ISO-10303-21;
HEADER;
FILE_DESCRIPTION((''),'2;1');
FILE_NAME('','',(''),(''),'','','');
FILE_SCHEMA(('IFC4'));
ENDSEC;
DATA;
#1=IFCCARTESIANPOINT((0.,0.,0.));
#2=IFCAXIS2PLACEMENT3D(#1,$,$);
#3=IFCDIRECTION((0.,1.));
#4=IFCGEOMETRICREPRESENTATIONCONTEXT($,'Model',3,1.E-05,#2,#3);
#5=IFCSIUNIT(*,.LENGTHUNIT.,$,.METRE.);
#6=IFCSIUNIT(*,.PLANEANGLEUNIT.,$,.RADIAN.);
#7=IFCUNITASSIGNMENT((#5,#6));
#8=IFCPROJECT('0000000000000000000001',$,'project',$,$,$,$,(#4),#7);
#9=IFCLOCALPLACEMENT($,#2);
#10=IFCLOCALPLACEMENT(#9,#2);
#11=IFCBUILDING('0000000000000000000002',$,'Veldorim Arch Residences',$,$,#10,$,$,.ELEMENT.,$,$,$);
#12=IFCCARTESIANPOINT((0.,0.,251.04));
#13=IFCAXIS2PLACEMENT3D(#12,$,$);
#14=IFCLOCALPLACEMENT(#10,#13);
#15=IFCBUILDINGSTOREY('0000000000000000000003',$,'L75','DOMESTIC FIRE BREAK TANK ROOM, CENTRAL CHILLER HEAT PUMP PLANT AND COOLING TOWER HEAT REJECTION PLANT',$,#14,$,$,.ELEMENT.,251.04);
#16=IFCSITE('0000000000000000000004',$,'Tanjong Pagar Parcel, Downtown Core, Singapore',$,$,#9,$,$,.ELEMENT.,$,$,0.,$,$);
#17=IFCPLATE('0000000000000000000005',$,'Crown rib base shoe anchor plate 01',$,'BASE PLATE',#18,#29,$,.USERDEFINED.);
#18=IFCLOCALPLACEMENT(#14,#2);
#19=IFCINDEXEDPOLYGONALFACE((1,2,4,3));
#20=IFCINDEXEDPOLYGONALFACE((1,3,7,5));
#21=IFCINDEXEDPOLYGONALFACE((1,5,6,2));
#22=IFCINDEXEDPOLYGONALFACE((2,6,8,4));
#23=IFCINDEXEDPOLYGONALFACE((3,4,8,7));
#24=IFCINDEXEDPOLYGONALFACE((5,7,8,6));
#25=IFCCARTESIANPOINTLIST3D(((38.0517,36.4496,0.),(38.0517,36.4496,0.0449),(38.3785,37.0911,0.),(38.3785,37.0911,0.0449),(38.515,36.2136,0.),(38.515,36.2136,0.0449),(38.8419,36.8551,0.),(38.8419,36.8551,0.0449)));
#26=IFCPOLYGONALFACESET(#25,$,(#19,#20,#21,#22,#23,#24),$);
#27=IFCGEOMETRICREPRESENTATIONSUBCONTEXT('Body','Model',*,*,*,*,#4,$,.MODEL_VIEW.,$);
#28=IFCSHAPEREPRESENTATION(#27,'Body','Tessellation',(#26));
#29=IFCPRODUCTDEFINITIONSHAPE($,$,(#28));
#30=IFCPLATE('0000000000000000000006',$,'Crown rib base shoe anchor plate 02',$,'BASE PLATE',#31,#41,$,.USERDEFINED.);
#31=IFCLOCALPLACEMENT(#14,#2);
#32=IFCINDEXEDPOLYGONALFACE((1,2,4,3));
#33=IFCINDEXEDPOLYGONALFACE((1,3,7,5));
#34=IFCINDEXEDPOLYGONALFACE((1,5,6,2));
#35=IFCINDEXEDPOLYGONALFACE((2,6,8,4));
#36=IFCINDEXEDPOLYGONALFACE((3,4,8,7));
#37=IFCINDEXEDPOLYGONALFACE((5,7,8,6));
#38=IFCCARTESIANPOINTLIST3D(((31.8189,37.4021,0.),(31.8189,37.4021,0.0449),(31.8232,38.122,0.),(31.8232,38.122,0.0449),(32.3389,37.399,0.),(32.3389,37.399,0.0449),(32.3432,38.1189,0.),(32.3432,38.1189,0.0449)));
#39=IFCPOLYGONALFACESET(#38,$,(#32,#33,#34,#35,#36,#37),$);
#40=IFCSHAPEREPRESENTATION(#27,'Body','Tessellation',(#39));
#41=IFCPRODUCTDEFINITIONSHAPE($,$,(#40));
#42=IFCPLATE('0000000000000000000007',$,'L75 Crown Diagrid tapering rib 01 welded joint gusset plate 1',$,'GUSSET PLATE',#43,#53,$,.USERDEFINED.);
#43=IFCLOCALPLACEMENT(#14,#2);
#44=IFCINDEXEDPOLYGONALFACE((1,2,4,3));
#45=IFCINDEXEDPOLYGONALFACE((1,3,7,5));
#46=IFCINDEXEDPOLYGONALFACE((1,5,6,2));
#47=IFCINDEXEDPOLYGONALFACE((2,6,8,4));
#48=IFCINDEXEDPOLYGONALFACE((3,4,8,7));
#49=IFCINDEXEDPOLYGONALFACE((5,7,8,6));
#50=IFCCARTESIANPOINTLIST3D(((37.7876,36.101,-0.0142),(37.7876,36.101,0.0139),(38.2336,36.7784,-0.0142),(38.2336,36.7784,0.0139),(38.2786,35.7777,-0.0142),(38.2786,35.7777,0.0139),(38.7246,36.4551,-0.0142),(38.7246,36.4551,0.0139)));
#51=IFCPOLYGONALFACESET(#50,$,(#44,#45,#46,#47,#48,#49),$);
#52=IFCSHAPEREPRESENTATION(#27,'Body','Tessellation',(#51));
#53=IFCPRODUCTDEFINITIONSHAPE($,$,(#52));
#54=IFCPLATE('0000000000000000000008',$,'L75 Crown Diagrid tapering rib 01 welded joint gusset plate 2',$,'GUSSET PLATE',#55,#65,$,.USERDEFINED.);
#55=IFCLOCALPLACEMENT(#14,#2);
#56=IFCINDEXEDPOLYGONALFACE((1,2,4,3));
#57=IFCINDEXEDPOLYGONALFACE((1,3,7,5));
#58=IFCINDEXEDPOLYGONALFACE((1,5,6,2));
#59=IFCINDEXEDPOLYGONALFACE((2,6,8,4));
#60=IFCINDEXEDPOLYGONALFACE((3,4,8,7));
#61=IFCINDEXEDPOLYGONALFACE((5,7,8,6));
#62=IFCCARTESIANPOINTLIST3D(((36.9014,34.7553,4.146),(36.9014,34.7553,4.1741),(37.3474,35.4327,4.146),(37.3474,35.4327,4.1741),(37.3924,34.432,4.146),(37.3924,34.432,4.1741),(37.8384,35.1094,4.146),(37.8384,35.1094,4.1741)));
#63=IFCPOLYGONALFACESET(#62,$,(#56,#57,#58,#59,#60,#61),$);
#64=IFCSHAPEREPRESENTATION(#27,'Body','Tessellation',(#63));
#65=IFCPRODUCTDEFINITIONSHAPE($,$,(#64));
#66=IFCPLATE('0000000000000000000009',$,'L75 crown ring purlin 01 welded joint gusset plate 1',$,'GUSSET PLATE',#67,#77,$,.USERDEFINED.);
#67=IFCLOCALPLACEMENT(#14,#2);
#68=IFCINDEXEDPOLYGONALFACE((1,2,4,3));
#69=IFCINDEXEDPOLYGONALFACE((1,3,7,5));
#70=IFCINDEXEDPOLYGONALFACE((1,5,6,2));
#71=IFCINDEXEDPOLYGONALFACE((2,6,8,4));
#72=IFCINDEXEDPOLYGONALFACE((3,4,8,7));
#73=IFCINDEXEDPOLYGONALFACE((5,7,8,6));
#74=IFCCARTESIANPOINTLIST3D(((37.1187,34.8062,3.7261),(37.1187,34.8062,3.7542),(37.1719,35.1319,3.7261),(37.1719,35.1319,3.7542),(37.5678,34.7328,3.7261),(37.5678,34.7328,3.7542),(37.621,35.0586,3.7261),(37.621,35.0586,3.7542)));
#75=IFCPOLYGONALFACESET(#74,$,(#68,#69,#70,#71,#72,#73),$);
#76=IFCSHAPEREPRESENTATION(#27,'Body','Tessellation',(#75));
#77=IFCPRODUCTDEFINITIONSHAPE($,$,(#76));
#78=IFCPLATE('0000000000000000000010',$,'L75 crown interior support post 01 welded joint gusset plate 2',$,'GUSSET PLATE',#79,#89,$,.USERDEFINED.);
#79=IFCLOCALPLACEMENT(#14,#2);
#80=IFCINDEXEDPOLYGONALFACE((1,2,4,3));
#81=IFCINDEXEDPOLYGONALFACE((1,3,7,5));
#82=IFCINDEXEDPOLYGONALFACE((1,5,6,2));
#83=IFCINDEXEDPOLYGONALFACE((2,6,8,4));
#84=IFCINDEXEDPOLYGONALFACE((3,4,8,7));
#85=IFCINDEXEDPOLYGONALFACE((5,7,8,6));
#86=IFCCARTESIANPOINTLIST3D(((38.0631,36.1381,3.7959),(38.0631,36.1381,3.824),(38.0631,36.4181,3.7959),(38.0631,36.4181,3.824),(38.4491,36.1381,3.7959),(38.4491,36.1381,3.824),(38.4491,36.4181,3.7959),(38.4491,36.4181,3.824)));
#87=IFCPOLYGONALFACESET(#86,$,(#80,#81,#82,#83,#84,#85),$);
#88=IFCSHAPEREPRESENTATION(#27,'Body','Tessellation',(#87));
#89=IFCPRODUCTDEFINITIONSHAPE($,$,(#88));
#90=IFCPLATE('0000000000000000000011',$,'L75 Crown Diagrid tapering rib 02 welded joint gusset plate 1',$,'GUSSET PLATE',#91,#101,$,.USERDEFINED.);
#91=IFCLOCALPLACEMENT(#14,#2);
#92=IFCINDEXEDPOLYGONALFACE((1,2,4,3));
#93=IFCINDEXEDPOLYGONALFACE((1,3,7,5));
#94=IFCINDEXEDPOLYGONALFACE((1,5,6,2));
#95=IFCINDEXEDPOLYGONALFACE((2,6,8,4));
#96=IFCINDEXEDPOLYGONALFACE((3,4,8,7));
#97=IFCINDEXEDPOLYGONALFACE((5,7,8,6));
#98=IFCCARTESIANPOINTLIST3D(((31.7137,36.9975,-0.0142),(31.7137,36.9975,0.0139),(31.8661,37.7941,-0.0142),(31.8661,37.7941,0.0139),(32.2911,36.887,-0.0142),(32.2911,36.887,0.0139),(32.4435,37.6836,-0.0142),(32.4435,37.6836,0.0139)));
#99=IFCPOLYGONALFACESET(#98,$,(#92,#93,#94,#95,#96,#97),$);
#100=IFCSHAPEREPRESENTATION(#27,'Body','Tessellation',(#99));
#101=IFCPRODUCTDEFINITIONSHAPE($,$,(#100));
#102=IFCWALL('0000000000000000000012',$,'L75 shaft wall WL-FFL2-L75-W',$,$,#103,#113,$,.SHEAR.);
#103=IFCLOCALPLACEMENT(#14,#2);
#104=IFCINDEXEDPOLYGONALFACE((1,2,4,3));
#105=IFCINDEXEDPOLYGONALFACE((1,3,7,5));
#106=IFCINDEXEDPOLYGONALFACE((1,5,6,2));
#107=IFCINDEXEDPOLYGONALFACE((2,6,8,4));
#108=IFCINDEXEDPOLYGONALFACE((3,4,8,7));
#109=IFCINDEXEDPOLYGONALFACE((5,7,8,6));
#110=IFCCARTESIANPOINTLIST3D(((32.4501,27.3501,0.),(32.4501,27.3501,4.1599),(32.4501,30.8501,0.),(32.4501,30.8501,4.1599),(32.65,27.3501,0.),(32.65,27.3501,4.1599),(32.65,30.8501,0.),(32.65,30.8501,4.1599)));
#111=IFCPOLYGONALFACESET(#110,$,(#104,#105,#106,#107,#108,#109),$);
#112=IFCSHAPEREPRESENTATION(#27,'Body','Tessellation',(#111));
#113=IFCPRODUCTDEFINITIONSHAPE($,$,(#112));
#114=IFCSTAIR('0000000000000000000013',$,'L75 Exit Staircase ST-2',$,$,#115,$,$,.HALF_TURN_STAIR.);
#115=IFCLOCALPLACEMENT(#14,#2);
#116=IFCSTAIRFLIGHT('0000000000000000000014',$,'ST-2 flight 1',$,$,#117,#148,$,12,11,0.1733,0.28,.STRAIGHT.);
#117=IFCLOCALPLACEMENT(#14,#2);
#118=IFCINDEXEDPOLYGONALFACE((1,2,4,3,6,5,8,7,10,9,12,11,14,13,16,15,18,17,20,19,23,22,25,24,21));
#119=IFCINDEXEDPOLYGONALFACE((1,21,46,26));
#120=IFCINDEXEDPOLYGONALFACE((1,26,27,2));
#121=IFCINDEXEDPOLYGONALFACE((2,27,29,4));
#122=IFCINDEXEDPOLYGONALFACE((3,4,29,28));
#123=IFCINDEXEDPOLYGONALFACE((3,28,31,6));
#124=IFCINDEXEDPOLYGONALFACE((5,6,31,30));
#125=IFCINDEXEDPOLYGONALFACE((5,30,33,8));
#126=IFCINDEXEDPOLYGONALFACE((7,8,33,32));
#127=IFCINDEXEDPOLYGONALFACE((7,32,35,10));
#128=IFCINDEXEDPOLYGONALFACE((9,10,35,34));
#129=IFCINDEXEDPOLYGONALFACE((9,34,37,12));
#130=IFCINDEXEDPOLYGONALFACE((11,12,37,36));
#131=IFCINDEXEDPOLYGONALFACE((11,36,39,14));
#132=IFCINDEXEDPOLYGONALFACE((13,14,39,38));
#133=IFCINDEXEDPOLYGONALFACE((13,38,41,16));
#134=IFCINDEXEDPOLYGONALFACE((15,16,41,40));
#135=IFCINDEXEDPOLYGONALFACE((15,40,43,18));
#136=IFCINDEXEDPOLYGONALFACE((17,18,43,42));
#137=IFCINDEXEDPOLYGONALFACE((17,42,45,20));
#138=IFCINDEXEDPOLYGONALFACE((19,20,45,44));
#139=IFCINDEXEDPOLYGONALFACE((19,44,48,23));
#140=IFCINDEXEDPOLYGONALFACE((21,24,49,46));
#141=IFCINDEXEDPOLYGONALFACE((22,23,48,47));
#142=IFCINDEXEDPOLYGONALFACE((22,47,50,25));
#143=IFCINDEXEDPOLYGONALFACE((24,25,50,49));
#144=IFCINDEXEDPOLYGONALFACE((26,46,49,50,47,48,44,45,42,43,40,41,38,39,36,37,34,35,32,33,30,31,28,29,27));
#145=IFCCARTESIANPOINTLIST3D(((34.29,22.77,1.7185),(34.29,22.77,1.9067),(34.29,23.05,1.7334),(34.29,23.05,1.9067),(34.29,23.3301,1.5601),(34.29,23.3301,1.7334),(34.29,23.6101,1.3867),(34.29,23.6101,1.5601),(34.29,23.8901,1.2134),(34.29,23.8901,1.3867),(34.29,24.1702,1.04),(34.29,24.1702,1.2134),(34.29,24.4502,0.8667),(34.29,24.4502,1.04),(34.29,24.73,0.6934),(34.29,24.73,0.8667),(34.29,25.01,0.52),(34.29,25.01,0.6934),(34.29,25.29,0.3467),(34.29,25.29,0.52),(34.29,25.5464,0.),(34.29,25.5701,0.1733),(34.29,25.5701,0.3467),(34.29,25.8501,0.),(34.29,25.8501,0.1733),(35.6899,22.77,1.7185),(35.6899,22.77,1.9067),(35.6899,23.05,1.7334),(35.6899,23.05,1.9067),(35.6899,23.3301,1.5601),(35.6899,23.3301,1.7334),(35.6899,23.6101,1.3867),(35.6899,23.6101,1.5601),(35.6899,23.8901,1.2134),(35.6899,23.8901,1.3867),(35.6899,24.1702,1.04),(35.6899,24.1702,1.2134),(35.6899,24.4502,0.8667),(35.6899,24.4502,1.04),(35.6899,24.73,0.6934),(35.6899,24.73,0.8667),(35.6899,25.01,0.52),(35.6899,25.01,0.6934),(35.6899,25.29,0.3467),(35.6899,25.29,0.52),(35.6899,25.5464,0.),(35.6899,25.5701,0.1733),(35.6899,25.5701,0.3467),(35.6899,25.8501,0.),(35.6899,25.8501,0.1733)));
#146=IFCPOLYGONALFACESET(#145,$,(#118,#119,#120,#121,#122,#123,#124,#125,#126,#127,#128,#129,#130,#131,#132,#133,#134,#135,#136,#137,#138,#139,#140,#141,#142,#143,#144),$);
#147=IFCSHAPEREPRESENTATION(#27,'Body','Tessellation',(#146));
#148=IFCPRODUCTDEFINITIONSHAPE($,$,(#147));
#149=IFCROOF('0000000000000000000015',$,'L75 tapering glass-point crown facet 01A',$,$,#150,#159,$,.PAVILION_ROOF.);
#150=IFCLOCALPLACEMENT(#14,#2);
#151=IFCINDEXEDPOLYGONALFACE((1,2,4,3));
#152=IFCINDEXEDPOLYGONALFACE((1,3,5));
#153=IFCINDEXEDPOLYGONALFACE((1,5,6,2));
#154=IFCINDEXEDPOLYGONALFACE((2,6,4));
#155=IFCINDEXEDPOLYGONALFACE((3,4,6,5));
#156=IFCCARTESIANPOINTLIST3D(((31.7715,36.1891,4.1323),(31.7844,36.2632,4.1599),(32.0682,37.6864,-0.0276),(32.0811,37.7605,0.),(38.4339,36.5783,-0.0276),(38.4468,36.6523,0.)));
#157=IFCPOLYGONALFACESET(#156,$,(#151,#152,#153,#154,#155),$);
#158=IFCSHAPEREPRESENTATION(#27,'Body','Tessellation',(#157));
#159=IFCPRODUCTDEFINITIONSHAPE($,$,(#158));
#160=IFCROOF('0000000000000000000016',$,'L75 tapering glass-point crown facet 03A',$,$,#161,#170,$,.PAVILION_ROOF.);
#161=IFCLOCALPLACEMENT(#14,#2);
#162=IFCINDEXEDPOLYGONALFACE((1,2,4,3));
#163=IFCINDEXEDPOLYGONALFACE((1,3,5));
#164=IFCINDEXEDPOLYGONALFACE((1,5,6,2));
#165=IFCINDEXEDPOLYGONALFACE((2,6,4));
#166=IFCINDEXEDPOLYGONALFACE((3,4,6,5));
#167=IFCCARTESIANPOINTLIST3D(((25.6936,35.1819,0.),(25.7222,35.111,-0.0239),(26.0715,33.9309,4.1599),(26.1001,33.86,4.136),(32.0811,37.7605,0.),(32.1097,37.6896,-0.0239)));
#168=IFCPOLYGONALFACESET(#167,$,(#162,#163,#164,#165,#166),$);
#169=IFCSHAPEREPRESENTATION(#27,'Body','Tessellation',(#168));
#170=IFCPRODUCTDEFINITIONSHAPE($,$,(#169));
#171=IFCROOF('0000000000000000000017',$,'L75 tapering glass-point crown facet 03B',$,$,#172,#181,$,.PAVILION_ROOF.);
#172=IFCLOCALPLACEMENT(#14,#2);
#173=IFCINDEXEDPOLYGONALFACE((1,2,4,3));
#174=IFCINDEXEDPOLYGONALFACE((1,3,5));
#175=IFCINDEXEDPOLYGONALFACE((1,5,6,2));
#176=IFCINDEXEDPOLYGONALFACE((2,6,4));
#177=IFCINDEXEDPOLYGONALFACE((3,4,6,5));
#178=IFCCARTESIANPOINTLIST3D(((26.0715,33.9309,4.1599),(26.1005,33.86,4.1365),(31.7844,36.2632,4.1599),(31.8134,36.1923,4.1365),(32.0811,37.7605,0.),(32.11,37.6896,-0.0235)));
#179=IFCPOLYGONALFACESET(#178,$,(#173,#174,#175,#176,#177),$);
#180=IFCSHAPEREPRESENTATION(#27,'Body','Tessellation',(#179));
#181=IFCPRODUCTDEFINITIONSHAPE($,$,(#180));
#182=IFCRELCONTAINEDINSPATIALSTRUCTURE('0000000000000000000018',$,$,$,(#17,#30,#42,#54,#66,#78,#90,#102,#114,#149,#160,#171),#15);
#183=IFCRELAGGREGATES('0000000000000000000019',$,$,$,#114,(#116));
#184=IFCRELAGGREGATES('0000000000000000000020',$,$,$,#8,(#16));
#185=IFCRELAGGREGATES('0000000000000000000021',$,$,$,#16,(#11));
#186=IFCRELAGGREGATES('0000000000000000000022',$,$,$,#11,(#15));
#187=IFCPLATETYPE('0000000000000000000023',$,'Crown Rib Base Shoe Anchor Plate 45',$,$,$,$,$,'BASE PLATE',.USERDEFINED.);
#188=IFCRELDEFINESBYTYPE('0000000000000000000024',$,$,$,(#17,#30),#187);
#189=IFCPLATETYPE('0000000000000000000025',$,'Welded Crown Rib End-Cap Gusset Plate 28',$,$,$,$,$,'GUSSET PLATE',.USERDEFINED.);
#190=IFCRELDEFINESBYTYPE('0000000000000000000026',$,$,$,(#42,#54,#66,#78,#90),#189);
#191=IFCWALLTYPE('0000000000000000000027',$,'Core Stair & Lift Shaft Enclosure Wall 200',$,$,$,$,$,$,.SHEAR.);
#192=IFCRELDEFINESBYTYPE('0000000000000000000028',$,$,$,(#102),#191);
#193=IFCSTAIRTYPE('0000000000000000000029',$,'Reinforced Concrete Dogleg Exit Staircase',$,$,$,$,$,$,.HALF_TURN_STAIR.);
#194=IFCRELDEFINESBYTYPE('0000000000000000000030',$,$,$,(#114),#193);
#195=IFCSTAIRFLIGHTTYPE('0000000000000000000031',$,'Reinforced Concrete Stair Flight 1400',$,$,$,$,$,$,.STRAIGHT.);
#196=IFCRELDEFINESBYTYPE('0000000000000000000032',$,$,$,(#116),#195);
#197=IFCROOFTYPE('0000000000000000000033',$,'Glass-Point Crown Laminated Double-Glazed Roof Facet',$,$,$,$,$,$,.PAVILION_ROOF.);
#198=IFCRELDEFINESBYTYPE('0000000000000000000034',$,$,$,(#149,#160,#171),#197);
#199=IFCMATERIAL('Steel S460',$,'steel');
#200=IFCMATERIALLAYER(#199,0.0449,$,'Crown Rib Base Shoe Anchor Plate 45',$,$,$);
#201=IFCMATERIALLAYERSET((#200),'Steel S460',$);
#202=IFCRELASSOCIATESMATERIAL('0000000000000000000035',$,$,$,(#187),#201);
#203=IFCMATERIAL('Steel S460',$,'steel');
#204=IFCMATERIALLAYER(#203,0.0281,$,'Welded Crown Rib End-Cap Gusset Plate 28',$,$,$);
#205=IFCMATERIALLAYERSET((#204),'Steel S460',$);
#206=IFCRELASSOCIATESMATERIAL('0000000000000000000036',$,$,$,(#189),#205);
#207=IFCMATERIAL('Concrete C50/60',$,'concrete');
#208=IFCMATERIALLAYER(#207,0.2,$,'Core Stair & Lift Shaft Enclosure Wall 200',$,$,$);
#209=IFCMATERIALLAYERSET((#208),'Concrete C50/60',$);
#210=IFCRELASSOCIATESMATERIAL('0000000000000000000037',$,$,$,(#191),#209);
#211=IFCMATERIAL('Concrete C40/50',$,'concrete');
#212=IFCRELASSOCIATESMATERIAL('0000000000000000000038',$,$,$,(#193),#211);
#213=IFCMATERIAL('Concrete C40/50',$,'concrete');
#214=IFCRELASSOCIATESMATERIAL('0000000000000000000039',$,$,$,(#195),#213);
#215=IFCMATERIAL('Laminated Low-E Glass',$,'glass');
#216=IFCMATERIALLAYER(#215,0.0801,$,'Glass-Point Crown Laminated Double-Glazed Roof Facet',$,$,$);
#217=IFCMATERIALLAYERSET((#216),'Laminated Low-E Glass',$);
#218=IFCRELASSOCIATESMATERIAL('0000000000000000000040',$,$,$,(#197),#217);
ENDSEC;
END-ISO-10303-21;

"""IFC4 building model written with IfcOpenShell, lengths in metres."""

from ifc_helpers import new_model, si_unit, direction, frame, frame_2d, origin, origin_2d, place, context, subcontext, project, spatial, polyline, rectangle, outline, extrude, material, layer, layer_set, type_object, element, aggregate, save


model = new_model("IFC4")

# Units and contexts
model_context = context("Model", 3, precision=1e-05, world=origin(), true_north=direction((0.0, 1.0)))
body_context = subcontext(model_context, "Body", "Model", "MODEL_VIEW")
ifc_project = project(units=[si_unit("LENGTHUNIT", "METRE"), si_unit("PLANEANGLEUNIT", "RADIAN")], contexts=[model_context])

# Site, building, storey
site_placement = place(None, origin())
site = spatial("IfcSite", under=ifc_project, at=site_placement, Name="Tanjong Pagar Parcel, Downtown Core, Singapore", CompositionType="ELEMENT", RefElevation=0.0)
building_placement = place(site_placement, origin())
building = spatial("IfcBuilding", under=site, at=building_placement, Name="Veldorim Arch Residences", CompositionType="ELEMENT")
storey_placement = place(building_placement, frame((0.0, 0.0, 251.04)))
storey = spatial("IfcBuildingStorey", under=building, at=storey_placement, Name="L75", Description="DOMESTIC FIRE BREAK TANK ROOM, CENTRAL CHILLER HEAT PUMP PLANT AND COOLING TOWER HEAT REJECTION PLANT", CompositionType="ELEMENT", Elevation=251.04)

# Plates
ifc_material_1 = material(Name="Steel S460", Category="steel")
ifc_layer_1 = layer(ifc_material_1, 0.0449, Name="Crown Rib Base Shoe Anchor Plate 45")
ifc_layer_set_1 = layer_set([ifc_layer_1], Name="Steel S460")
plate_type_1 = type_object("IfcPlateType", Name="Crown Rib Base Shoe Anchor Plate 45", ElementType="BASE PLATE", PredefinedType="USERDEFINED", material=ifc_layer_set_1)
for number, where, z_axis, x_axis, name in (
    (1, (38.4468, 36.6523, 0.0), (0.0, 0.0, 1.0), (0.45399, 0.891007, 0.0), "Crown rib base shoe anchor plate 01"),
    (2, (32.0811, 37.7605, 0.0), (0.0, 0.0, 1.0), (0.005934, 0.999982, 0.0), "Crown rib base shoe anchor plate 02"),
):
    element("IfcPlate", number, at=place(storey_placement, frame(where, z_axis=z_axis, x_axis=x_axis)), inside=storey, type_object=plate_type_1, Name=name, ObjectType="BASE PLATE", PredefinedType="USERDEFINED", context=body_context, shape_type="SweptSolid", body=[
        extrude(rectangle(XDim=0.72, YDim=0.52, at=origin_2d()), origin(), (0.0, 0.0, 1.0), 0.0449),
    ])
ifc_material_2 = material(Name="Steel S460", Category="steel")
ifc_layer_2 = layer(ifc_material_2, 0.0281, Name="Welded Crown Rib End-Cap Gusset Plate 28")
ifc_layer_set_2 = layer_set([ifc_layer_2], Name="Steel S460")
plate_type_2 = type_object("IfcPlateType", Name="Welded Crown Rib End-Cap Gusset Plate 28", ElementType="GUSSET PLATE", PredefinedType="USERDEFINED", material=ifc_layer_set_2)
for number, where, z_axis, x_axis, name in (
    (3, (38.2561, 36.2781, -0.0142), (0.0, 0.0, 1.0), (-0.549927, -0.835213, 0.0), "L75 Crown Diagrid tapering rib 01 welded joint gusset plate 1"),
    (4, (37.3699, 34.9324, 4.146), (0.0, 0.0, 1.0), (-0.549927, -0.835213, 0.0), "L75 Crown Diagrid tapering rib 01 welded joint gusset plate 2"),
):
    element("IfcPlate", number, at=place(storey_placement, frame(where, z_axis=z_axis, x_axis=x_axis)), inside=storey, type_object=plate_type_2, Name=name, ObjectType="GUSSET PLATE", PredefinedType="USERDEFINED", context=body_context, shape_type="SweptSolid", body=[
        extrude(rectangle(XDim=0.811, YDim=0.5879, at=origin_2d()), origin(), (0.0, 0.0, 1.0), 0.0281),
    ])
plate_1_placement = place(storey_placement, frame((37.3699, 34.9324, 3.7261), z_axis=(0.0, 0.0, 1.0), x_axis=(-0.986926, 0.161173, 0.0)))
element("IfcPlate", 5, at=plate_1_placement, inside=storey, type_object=plate_type_2, Name="L75 crown ring purlin 01 welded joint gusset plate 1", ObjectType="GUSSET PLATE", PredefinedType="USERDEFINED", context=body_context, shape_type="SweptSolid", body=[
    extrude(rectangle(XDim=0.4551, YDim=0.3301, at=origin_2d()), origin(), (0.0, 0.0, 1.0), 0.0281),
])
plate_2_placement = place(storey_placement, frame((38.2561, 36.2781, 3.7959), z_axis=(0.0, 0.0, 1.0), x_axis=(1.0, 0.0, 0.0)))
element("IfcPlate", 6, at=plate_2_placement, inside=storey, type_object=plate_type_2, Name="L75 crown interior support post 01 welded joint gusset plate 2", ObjectType="GUSSET PLATE", PredefinedType="USERDEFINED", context=body_context, shape_type="SweptSolid", body=[
    extrude(rectangle(XDim=0.386, YDim=0.28, at=origin_2d()), origin(), (0.0, 0.0, 1.0), 0.0281),
])
plate_3_placement = place(storey_placement, frame((32.0786, 37.3406, -0.0142), z_axis=(0.0, 0.0, 1.0), x_axis=(-0.187981, -0.982173, 0.0)))
element("IfcPlate", 7, at=plate_3_placement, inside=storey, type_object=plate_type_2, Name="L75 Crown Diagrid tapering rib 02 welded joint gusset plate 1", ObjectType="GUSSET PLATE", PredefinedType="USERDEFINED", context=body_context, shape_type="SweptSolid", body=[
    extrude(rectangle(XDim=0.811, YDim=0.5879, at=origin_2d()), origin(), (0.0, 0.0, 1.0), 0.0281),
])

# Shared definitions
ifc_material_3 = material(Name="Concrete C50/60", Category="concrete")
ifc_layer_3 = layer(ifc_material_3, 0.2, Name="Core Stair & Lift Shaft Enclosure Wall 200")
ifc_layer_set_3 = layer_set([ifc_layer_3], Name="Concrete C50/60")
wall_type = type_object("IfcWallType", Name="Core Stair & Lift Shaft Enclosure Wall 200", PredefinedType="SHEAR", material=ifc_layer_set_3)

# Wall
wall_1_placement = place(storey_placement, frame((32.55, 27.3501, 0.0), z_axis=(0.0, 0.0, 1.0), x_axis=(0.0, 1.0, 0.0)))
element("IfcWall", 8, at=wall_1_placement, inside=storey, type_object=wall_type, Name="L75 shaft wall WL-FFL2-L75-W", PredefinedType="SHEAR", context=body_context, shape_type="SweptSolid", body=[
    extrude(rectangle(XDim=3.5, YDim=0.2, at=frame_2d((1.75, 0.0))), origin(), (0.0, 0.0, 1.0), 4.1599),
])

# Stair, stair flight
ifc_material_4 = material(Name="Concrete C40/50", Category="concrete")
stair_type = type_object("IfcStairType", Name="Reinforced Concrete Dogleg Exit Staircase", PredefinedType="HALF_TURN_STAIR", material=ifc_material_4)
stair_placement = place(storey_placement, origin())
stair = element("IfcStair", 9, at=stair_placement, inside=storey, type_object=stair_type, Name="L75 Exit Staircase ST-2", PredefinedType="HALF_TURN_STAIR")
ifc_material_5 = material(Name="Concrete C40/50", Category="concrete")
stair_flight_type = type_object("IfcStairFlightType", Name="Reinforced Concrete Stair Flight 1400", PredefinedType="STRAIGHT", material=ifc_material_5)
stair_flight_placement = place(storey_placement, frame((34.99, 25.8501, 0.0), z_axis=(0.0, 0.0, 1.0), x_axis=(0.0, -1.0, 0.0)))
stair_flight = element("IfcStairFlight", 10, at=stair_flight_placement, type_object=stair_flight_type, Name="ST-2 flight 1", NumberOfRisers=12, NumberOfTreads=11, PredefinedType="STRAIGHT", RiserHeight=0.1733, TreadLength=0.28, context=body_context, shape_type="SweptSolid", body=[
    extrude(outline(polyline([(0.0, 0.0), (0.0, 0.1733), (0.28, 0.1733), (0.28, 0.3467), (0.5601, 0.3467), (0.5601, 0.52), (0.8401, 0.52), (0.8401, 0.6934), (1.1201, 0.6934), (1.1201, 0.8667), (1.3999, 0.8667), (1.3999, 1.04), (1.6799, 1.04), (1.6799, 1.2134), (1.96, 1.2134), (1.96, 1.3867), (2.24, 1.3867), (2.24, 1.5601), (2.52, 1.5601), (2.52, 1.7334), (2.8, 1.7334), (2.8, 1.9067), (3.0801, 1.9067), (3.0801, 2.0801), (3.0801, 1.7185), (0.3037, 0.0), (0.0, 0.0)])), frame((0.0, 0.7, 0.0), z_axis=(0.0, -1.0, 0.0), x_axis=(1.0, 0.0, 0.0)), (0.0, 0.0, 1.0), 1.3999),
])
aggregate(stair, [stair_flight])

# Roofs
ifc_material_6 = material(Name="Laminated Low-E Glass", Category="glass")
ifc_layer_4 = layer(ifc_material_6, 0.0801, Name="Glass-Point Crown Laminated Double-Glazed Roof Facet")
ifc_layer_set_4 = layer_set([ifc_layer_4], Name="Laminated Low-E Glass")
roof_type = type_object("IfcRoofType", Name="Glass-Point Crown Laminated Double-Glazed Roof Facet", PredefinedType="PAVILION_ROOF", material=ifc_layer_set_4)
roof_1_placement = place(storey_placement, frame((38.4468, 36.6523, 0.0), z_axis=(0.161011, 0.924915, 0.344394), x_axis=(-0.985184, 0.171502, 0.0)))
element("IfcRoof", 11, at=roof_1_placement, inside=storey, type_object=roof_type, Name="L75 tapering glass-point crown facet 01A", PredefinedType="PAVILION_ROOF", context=body_context, shape_type="SweptSolid", body=[
    extrude(outline(polyline([(0.0, 0.0), (6.4615, 0.0), (6.4969, 4.431), (0.0, 0.0)])), origin(), (0.0, 0.0, -1.0), 0.0801),
])
roof_2_placement = place(storey_placement, frame((32.0811, 37.7605, 0.0), z_axis=(-0.357269, 0.884987, 0.298593), x_axis=(-0.927289, -0.374346, 0.0)))
element("IfcRoof", 12, at=roof_2_placement, inside=storey, type_object=roof_type, Name="L75 tapering glass-point crown facet 03A", PredefinedType="PAVILION_ROOF", context=body_context, shape_type="SweptSolid", body=[
    extrude(outline(polyline([(0.0, 0.0), (6.8883, 0.0), (7.0062, 4.3588), (0.0, 0.0)])), origin(), (0.0, 0.0, -1.0), 0.0801),
])
roof_3_placement = place(storey_placement, frame((32.0811, 37.7605, 0.0), z_axis=(-0.361393, 0.885228, 0.292858), x_axis=(-0.728307, -0.464116, 0.504149)))
element("IfcRoof", 13, at=roof_3_placement, inside=storey, type_object=roof_type, Name="L75 tapering glass-point crown facet 03B", PredefinedType="PAVILION_ROOF", context=body_context, shape_type="SweptSolid", body=[
    extrude(outline(polyline([(0.0, 0.0), (8.2514, 0.0), (3.0082, 3.2536), (0.0, 0.0)])), origin(), (0.0, 0.0, -1.0), 0.0801),
])

save(model, "model.ifc")
